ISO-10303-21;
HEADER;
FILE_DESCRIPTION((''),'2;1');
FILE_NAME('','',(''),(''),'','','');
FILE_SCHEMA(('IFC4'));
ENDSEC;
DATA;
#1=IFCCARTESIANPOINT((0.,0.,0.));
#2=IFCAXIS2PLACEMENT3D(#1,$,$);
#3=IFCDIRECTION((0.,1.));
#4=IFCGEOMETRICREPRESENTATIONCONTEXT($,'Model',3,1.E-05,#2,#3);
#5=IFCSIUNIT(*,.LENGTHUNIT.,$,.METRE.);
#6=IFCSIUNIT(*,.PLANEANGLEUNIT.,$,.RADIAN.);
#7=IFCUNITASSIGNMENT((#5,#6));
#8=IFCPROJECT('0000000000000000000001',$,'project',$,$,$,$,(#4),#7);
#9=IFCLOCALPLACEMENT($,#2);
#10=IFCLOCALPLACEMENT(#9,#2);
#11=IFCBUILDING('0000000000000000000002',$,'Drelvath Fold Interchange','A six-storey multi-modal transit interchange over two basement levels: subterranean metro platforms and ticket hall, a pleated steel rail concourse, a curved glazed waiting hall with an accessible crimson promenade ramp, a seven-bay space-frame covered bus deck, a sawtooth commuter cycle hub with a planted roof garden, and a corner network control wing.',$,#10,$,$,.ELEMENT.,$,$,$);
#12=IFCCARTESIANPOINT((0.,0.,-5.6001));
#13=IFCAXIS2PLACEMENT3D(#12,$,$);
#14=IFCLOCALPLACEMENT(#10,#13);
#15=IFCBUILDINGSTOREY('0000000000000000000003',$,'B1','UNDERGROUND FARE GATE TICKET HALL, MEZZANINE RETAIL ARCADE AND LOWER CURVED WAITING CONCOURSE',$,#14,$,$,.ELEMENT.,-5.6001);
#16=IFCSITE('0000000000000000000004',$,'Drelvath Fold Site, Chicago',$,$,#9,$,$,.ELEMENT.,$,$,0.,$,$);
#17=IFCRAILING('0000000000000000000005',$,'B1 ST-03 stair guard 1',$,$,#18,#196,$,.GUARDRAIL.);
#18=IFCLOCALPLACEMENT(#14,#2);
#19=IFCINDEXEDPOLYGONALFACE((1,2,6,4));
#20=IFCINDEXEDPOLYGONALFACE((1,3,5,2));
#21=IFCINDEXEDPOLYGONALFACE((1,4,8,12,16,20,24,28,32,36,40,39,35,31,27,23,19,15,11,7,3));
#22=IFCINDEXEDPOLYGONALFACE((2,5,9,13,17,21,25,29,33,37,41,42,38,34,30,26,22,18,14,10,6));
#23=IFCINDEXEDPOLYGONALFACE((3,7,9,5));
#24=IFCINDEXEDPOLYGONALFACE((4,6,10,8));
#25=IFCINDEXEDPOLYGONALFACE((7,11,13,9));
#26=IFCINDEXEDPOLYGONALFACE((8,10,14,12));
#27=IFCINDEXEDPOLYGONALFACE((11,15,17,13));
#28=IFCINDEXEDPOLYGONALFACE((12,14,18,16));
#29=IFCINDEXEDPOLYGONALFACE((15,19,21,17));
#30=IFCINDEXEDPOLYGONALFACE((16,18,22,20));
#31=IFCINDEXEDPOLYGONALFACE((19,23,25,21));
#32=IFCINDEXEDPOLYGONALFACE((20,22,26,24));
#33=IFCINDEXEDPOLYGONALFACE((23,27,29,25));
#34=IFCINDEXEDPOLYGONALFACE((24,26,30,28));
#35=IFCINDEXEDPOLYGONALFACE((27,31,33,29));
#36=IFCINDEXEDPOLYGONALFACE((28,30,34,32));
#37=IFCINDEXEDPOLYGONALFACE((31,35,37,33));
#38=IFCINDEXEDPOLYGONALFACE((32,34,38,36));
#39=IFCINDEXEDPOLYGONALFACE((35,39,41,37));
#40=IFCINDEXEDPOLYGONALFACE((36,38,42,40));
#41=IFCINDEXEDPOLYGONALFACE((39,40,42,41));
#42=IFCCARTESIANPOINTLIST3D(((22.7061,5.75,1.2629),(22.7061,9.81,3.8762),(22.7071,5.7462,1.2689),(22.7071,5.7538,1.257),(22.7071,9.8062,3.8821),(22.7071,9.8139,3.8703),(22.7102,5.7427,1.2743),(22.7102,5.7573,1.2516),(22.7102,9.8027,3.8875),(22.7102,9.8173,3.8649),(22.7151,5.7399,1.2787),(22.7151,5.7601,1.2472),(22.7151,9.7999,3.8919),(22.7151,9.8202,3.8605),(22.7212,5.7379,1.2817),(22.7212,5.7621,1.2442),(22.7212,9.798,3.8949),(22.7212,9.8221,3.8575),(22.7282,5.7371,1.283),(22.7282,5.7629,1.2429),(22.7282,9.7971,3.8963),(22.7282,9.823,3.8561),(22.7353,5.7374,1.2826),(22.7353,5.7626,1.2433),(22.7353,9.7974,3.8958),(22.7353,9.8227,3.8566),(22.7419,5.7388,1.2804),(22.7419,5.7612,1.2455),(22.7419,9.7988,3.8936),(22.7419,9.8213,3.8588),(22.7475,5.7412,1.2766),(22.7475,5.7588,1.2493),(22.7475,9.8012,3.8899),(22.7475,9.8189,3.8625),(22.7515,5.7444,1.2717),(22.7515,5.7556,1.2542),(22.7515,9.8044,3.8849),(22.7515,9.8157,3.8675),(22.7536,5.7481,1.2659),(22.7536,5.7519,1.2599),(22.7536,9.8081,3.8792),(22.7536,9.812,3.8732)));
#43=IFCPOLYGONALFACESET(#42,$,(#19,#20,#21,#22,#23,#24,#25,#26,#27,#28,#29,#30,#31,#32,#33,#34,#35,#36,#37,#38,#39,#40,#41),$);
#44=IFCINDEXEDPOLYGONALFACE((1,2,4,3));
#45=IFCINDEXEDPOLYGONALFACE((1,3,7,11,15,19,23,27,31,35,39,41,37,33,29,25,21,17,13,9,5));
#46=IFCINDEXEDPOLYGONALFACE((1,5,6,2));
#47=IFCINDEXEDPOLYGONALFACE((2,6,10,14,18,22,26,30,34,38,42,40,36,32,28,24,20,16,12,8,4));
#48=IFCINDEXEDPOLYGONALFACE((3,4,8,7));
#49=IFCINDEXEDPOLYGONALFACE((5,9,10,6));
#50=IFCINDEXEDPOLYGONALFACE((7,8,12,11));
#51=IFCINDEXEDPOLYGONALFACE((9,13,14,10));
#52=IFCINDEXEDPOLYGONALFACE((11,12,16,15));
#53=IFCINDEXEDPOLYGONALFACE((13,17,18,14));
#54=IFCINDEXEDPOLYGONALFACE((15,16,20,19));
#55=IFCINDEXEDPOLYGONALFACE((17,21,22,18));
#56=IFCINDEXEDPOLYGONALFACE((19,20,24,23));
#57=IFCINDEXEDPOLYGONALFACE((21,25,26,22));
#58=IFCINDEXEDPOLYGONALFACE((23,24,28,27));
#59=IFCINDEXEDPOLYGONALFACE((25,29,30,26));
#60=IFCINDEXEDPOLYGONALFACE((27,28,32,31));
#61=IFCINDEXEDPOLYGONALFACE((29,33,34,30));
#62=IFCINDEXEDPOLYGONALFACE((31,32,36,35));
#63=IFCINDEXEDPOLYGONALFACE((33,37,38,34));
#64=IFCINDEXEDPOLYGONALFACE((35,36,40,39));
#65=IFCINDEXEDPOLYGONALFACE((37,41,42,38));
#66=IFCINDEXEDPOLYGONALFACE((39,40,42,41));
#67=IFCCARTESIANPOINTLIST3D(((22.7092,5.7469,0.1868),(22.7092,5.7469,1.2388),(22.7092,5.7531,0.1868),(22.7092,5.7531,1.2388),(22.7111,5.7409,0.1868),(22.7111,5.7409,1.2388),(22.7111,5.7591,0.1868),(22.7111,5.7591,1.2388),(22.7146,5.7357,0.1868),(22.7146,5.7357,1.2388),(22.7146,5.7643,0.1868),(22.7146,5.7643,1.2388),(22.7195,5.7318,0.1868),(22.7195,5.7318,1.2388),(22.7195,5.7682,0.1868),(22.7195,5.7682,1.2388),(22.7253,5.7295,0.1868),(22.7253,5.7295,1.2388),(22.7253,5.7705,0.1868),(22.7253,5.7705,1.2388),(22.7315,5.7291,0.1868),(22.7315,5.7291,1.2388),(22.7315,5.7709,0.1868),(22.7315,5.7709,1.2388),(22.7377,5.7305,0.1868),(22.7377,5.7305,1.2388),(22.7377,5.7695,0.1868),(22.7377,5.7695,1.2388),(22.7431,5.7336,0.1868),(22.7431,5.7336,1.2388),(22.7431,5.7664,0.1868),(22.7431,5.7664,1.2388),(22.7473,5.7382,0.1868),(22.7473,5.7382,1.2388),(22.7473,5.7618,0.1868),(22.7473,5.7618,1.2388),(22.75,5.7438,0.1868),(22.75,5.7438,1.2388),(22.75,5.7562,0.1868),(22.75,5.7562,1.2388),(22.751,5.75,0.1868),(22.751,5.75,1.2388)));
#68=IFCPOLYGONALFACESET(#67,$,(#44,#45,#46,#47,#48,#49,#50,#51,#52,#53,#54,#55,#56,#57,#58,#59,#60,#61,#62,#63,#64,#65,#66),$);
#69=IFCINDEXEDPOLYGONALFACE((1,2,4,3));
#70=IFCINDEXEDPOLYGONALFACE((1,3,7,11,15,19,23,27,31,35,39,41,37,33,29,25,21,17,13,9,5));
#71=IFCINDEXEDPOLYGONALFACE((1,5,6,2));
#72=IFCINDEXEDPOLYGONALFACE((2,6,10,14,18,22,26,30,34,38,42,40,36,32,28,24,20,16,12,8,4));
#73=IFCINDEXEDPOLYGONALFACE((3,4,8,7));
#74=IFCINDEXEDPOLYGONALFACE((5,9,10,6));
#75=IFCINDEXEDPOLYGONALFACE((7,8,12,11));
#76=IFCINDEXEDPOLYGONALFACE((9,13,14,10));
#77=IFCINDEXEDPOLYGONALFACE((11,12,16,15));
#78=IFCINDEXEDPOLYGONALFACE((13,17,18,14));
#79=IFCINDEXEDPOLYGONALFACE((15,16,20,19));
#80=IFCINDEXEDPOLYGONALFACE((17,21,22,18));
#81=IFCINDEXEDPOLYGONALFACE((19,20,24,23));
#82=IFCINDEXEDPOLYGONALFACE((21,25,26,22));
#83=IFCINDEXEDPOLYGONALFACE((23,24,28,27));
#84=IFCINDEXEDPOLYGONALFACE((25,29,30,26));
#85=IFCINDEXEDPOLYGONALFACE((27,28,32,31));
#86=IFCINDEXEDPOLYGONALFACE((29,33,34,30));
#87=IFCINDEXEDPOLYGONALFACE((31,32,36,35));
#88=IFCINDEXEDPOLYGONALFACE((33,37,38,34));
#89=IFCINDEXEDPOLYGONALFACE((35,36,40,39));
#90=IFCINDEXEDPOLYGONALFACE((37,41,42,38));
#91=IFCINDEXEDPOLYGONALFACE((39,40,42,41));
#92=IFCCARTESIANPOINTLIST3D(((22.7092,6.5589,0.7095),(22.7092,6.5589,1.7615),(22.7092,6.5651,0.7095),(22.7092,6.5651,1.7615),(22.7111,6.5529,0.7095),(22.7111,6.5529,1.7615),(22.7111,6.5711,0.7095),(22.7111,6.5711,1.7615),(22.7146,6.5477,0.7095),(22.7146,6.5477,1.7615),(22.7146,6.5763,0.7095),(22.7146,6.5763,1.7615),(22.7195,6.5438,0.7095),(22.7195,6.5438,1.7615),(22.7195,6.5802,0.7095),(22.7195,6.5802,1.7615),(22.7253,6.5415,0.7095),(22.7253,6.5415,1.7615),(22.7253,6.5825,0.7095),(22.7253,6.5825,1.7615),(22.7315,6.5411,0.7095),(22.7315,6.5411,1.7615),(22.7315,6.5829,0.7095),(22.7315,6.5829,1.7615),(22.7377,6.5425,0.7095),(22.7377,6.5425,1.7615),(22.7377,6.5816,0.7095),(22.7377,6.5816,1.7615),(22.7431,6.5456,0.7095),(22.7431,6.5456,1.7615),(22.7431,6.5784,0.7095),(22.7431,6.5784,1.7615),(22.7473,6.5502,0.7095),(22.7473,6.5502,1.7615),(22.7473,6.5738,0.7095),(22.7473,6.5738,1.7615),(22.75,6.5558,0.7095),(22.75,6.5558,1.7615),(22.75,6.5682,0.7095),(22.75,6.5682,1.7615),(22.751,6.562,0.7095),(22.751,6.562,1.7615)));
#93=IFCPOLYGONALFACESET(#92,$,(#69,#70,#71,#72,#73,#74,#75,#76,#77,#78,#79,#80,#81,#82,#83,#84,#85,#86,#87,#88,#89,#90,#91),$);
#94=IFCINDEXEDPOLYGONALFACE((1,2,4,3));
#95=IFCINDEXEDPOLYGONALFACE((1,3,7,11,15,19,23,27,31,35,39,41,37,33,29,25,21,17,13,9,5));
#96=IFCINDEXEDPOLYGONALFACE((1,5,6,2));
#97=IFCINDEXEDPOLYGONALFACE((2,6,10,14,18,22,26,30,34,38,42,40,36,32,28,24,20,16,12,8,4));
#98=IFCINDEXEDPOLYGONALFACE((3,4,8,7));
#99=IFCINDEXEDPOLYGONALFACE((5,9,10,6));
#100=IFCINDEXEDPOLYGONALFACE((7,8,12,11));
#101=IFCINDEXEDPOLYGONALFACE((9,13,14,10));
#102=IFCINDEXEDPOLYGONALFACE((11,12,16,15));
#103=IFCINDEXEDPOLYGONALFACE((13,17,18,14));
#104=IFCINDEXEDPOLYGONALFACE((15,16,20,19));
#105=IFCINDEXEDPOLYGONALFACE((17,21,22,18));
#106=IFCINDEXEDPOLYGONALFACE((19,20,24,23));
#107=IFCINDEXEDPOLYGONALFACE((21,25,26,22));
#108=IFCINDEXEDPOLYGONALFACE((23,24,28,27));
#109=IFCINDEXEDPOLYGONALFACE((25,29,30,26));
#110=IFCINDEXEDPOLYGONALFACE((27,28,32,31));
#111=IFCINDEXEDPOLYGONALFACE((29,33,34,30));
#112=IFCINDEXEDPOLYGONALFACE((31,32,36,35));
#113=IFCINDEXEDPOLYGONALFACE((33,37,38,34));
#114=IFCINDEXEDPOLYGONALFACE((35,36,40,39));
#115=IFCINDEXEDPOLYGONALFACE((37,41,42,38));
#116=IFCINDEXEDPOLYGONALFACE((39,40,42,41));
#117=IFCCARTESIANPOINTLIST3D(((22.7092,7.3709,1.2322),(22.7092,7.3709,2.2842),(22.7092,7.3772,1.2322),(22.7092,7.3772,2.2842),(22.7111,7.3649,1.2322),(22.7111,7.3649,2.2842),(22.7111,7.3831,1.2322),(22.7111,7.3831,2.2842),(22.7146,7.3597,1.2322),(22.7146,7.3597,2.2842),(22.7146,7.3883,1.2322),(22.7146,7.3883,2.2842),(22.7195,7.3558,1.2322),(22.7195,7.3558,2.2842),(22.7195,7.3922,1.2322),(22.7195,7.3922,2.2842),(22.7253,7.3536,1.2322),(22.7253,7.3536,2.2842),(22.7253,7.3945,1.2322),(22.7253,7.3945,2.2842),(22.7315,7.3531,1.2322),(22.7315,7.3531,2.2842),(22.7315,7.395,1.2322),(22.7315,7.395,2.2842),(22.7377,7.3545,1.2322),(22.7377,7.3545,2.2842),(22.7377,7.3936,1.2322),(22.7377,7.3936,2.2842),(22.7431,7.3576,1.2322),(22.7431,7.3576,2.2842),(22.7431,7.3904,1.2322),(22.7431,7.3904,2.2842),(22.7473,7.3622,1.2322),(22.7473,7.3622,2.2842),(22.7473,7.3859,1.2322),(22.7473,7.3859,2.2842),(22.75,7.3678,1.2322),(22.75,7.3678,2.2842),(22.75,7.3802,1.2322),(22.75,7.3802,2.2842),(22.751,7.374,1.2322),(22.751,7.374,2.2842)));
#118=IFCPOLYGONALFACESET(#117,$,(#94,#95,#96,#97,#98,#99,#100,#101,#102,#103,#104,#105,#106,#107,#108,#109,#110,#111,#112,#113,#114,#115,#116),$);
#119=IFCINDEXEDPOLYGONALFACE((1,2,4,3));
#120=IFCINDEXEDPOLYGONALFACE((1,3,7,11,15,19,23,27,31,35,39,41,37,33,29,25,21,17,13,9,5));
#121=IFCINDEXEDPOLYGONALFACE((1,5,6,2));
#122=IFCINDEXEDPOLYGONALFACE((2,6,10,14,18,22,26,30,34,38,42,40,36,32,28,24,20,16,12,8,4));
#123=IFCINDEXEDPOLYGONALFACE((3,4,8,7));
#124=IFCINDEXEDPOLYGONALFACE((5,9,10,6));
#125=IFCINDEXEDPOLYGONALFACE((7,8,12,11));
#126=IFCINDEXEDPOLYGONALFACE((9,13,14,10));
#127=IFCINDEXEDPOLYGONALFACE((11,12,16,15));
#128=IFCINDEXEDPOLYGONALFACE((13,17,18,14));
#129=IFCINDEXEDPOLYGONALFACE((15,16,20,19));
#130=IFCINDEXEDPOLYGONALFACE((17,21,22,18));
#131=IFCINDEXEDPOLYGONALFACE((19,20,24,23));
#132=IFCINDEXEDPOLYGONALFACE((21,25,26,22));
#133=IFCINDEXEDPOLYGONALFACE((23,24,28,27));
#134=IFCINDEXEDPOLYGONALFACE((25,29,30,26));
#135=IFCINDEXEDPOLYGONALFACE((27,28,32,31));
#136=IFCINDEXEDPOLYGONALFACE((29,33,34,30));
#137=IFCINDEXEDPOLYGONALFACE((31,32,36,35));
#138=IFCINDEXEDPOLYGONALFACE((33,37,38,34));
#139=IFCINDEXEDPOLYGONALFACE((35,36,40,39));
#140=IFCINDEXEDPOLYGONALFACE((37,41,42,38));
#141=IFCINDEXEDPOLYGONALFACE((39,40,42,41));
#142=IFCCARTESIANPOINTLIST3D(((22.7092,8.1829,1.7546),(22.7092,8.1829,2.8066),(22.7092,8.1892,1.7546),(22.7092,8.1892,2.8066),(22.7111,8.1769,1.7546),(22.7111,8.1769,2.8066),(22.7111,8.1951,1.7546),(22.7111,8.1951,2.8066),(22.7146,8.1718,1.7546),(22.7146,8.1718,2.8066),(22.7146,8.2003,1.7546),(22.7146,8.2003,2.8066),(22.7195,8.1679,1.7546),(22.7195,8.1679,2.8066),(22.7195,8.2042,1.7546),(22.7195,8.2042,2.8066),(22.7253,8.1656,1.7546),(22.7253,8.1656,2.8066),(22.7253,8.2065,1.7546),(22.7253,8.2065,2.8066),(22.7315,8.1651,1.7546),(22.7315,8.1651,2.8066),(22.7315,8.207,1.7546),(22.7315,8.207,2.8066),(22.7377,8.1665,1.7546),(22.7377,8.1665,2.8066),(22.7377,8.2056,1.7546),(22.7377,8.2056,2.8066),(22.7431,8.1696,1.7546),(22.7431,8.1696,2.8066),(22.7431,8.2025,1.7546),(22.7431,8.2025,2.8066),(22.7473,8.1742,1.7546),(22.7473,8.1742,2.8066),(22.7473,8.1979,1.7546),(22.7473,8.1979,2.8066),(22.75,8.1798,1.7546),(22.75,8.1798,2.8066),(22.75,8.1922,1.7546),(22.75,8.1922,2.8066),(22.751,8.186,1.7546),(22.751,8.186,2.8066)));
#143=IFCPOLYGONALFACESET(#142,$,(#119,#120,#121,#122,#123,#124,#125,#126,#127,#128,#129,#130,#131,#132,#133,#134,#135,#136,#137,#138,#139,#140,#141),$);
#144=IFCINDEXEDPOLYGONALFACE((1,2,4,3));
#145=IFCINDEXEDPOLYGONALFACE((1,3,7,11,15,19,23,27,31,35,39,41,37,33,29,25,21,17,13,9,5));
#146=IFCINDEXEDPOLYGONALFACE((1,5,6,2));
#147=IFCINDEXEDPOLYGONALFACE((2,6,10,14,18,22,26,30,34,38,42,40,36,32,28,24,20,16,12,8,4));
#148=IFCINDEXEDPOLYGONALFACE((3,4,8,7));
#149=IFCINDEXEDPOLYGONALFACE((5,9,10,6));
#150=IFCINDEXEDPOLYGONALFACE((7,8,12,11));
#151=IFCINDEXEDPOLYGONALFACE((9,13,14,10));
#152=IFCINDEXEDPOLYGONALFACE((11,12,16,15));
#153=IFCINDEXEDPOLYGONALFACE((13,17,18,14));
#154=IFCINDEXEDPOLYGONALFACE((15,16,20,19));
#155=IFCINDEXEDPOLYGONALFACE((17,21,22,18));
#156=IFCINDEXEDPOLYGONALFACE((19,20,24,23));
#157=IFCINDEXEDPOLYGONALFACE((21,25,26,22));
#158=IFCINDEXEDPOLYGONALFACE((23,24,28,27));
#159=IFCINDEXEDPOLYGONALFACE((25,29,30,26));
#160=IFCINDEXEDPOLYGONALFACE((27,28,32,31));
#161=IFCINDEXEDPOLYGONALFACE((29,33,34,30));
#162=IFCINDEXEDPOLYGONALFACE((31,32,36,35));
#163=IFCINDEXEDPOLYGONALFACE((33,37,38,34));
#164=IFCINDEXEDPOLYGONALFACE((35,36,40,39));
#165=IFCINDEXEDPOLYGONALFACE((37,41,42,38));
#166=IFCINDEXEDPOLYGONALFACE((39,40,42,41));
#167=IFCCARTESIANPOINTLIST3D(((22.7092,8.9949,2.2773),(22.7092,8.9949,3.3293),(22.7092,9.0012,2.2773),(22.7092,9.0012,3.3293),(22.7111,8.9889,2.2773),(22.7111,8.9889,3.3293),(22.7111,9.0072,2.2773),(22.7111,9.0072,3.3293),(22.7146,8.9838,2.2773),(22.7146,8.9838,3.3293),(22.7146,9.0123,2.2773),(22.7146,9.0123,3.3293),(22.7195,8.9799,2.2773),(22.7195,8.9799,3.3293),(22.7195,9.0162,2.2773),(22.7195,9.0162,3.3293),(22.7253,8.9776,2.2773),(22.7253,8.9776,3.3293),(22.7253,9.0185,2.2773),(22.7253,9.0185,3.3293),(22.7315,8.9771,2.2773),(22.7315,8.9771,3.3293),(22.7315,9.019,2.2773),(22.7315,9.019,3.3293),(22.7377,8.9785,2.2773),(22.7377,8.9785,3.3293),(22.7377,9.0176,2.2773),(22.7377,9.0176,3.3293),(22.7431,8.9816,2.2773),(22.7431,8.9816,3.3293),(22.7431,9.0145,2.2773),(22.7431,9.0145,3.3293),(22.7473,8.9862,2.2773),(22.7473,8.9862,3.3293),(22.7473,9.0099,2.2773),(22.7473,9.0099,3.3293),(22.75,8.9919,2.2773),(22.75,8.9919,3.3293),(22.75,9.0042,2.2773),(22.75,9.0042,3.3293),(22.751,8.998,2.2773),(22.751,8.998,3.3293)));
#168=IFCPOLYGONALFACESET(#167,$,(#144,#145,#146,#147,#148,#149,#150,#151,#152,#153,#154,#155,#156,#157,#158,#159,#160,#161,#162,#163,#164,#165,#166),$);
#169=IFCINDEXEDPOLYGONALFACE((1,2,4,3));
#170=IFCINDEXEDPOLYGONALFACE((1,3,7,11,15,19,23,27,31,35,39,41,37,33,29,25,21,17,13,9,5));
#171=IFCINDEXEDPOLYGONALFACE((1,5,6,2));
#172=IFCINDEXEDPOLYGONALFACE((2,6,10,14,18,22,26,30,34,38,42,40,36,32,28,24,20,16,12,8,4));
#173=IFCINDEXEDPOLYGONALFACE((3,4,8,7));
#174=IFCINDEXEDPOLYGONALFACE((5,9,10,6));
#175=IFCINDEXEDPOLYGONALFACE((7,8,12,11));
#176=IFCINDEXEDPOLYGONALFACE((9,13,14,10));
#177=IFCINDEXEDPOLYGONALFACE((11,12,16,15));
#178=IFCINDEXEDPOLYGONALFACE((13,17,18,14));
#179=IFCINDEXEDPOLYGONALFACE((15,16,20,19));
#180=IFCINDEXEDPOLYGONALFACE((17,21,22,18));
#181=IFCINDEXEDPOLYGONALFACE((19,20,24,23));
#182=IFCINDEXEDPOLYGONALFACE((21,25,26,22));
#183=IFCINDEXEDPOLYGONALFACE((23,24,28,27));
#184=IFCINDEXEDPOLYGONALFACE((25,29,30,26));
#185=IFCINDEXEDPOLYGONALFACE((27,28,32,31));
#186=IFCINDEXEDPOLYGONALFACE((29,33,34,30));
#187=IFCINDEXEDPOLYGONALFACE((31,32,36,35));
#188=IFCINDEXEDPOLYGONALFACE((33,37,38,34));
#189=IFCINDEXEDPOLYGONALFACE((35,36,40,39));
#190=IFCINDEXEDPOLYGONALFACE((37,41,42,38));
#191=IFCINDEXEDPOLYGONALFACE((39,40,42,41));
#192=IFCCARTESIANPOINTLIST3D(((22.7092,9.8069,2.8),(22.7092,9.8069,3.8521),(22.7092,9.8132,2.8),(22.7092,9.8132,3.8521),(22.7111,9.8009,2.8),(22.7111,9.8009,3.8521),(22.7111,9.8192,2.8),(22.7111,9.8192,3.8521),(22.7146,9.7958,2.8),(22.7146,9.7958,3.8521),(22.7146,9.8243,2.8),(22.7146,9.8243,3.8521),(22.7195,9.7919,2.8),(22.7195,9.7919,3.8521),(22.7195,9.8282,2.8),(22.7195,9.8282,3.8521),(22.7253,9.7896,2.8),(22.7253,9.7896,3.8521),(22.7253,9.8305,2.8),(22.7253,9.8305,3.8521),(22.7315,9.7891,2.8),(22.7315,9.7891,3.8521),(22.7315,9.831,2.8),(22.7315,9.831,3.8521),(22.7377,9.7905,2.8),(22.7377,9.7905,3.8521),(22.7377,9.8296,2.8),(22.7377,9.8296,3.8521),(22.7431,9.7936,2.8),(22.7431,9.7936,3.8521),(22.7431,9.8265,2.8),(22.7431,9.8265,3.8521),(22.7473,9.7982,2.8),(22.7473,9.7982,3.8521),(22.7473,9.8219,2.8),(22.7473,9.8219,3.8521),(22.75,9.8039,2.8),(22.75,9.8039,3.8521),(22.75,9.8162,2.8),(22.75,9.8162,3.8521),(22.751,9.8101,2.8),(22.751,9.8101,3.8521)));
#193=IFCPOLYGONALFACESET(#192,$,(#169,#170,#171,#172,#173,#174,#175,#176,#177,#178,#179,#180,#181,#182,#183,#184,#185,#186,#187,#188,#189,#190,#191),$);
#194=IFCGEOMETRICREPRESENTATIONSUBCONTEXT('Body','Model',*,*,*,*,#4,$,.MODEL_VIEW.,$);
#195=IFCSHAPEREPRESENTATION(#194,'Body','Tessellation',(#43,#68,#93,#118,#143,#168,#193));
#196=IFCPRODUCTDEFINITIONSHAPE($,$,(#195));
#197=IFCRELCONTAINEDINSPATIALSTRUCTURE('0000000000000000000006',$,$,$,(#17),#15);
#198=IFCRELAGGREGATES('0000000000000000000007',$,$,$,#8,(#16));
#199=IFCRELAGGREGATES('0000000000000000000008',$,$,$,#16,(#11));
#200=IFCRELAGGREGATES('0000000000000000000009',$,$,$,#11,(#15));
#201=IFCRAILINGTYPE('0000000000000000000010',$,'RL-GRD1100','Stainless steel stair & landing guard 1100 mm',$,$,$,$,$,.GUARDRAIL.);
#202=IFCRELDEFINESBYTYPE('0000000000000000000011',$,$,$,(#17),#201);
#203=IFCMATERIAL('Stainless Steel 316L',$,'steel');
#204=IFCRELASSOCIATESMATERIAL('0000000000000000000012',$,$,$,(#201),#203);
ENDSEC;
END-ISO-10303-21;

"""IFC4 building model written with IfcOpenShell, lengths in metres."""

from ifc_helpers import new_model, si_unit, direction, frame, origin, origin_2d, place, context, subcontext, project, spatial, circle, extrude, material, type_object, element, save


model = new_model("IFC4")

# Units and contexts
model_context = context("Model", 3, precision=1e-05, world=origin(), true_north=direction((0.0, 1.0)))
body_context = subcontext(model_context, "Body", "Model", "MODEL_VIEW")
ifc_project = project(units=[si_unit("LENGTHUNIT", "METRE"), si_unit("PLANEANGLEUNIT", "RADIAN")], contexts=[model_context])

# Site, building, storey
site_placement = place(None, origin())
site = spatial("IfcSite", under=ifc_project, at=site_placement, Name="Drelvath Fold Site, Chicago", CompositionType="ELEMENT", RefElevation=0.0)
building_placement = place(site_placement, origin())
building = spatial("IfcBuilding", under=site, at=building_placement, Name="Drelvath Fold Interchange", Description="A six-storey multi-modal transit interchange over two basement levels: subterranean metro platforms and ticket hall, a pleated steel rail concourse, a curved glazed waiting hall with an accessible crimson promenade ramp, a seven-bay space-frame covered bus deck, a sawtooth commuter cycle hub with a planted roof garden, and a corner network control wing.", CompositionType="ELEMENT")
storey_placement = place(building_placement, frame((0.0, 0.0, -5.6001)))
storey = spatial("IfcBuildingStorey", under=building, at=storey_placement, Name="B1", Description="UNDERGROUND FARE GATE TICKET HALL, MEZZANINE RETAIL ARCADE AND LOWER CURVED WAITING CONCOURSE", CompositionType="ELEMENT", Elevation=-5.6001)

# Railing
ifc_material_1 = material(Name="Stainless Steel 316L", Category="steel")
railing_type_1 = type_object("IfcRailingType", Name="RL-GRD1100", Description="Stainless steel stair & landing guard 1100 mm", PredefinedType="GUARDRAIL", material=ifc_material_1)
railing_1_placement = place(storey_placement, frame((22.73, 5.75, 0.1868)))
element("IfcRailing", 1, at=railing_1_placement, inside=storey, type_object=railing_type_1, Name="B1 ST-03 stair guard 1", PredefinedType="GUARDRAIL", context=body_context, shape_type="SweptSolid", body=[
    extrude(circle(Radius=0.0239, at=origin_2d()), frame((0.0, 0.0, 1.0762), z_axis=(0.0, 0.840873, 0.541233), x_axis=(-1.0, 0.0, 0.0)), (0.0, 0.0, 1.0), 4.8284),
    extrude(circle(Radius=0.021, at=origin_2d()), origin(), (0.0, 0.0, 1.0), 1.052),
    extrude(circle(Radius=0.021, at=origin_2d()), frame((0.0, 0.812, 0.5227)), (0.0, 0.0, 1.0), 1.052),
    extrude(circle(Radius=0.021, at=origin_2d()), frame((0.0, 1.624, 1.0454)), (0.0, 0.0, 1.0), 1.052),
    extrude(circle(Radius=0.021, at=origin_2d()), frame((0.0, 2.436, 1.5679)), (0.0, 0.0, 1.0), 1.052),
    extrude(circle(Radius=0.021, at=origin_2d()), frame((0.0, 3.248, 2.0906)), (0.0, 0.0, 1.0), 1.052),
    extrude(circle(Radius=0.021, at=origin_2d()), frame((0.0, 4.0601, 2.6133)), (0.0, 0.0, 1.0), 1.052),
])

save(model, "model.ifc")
